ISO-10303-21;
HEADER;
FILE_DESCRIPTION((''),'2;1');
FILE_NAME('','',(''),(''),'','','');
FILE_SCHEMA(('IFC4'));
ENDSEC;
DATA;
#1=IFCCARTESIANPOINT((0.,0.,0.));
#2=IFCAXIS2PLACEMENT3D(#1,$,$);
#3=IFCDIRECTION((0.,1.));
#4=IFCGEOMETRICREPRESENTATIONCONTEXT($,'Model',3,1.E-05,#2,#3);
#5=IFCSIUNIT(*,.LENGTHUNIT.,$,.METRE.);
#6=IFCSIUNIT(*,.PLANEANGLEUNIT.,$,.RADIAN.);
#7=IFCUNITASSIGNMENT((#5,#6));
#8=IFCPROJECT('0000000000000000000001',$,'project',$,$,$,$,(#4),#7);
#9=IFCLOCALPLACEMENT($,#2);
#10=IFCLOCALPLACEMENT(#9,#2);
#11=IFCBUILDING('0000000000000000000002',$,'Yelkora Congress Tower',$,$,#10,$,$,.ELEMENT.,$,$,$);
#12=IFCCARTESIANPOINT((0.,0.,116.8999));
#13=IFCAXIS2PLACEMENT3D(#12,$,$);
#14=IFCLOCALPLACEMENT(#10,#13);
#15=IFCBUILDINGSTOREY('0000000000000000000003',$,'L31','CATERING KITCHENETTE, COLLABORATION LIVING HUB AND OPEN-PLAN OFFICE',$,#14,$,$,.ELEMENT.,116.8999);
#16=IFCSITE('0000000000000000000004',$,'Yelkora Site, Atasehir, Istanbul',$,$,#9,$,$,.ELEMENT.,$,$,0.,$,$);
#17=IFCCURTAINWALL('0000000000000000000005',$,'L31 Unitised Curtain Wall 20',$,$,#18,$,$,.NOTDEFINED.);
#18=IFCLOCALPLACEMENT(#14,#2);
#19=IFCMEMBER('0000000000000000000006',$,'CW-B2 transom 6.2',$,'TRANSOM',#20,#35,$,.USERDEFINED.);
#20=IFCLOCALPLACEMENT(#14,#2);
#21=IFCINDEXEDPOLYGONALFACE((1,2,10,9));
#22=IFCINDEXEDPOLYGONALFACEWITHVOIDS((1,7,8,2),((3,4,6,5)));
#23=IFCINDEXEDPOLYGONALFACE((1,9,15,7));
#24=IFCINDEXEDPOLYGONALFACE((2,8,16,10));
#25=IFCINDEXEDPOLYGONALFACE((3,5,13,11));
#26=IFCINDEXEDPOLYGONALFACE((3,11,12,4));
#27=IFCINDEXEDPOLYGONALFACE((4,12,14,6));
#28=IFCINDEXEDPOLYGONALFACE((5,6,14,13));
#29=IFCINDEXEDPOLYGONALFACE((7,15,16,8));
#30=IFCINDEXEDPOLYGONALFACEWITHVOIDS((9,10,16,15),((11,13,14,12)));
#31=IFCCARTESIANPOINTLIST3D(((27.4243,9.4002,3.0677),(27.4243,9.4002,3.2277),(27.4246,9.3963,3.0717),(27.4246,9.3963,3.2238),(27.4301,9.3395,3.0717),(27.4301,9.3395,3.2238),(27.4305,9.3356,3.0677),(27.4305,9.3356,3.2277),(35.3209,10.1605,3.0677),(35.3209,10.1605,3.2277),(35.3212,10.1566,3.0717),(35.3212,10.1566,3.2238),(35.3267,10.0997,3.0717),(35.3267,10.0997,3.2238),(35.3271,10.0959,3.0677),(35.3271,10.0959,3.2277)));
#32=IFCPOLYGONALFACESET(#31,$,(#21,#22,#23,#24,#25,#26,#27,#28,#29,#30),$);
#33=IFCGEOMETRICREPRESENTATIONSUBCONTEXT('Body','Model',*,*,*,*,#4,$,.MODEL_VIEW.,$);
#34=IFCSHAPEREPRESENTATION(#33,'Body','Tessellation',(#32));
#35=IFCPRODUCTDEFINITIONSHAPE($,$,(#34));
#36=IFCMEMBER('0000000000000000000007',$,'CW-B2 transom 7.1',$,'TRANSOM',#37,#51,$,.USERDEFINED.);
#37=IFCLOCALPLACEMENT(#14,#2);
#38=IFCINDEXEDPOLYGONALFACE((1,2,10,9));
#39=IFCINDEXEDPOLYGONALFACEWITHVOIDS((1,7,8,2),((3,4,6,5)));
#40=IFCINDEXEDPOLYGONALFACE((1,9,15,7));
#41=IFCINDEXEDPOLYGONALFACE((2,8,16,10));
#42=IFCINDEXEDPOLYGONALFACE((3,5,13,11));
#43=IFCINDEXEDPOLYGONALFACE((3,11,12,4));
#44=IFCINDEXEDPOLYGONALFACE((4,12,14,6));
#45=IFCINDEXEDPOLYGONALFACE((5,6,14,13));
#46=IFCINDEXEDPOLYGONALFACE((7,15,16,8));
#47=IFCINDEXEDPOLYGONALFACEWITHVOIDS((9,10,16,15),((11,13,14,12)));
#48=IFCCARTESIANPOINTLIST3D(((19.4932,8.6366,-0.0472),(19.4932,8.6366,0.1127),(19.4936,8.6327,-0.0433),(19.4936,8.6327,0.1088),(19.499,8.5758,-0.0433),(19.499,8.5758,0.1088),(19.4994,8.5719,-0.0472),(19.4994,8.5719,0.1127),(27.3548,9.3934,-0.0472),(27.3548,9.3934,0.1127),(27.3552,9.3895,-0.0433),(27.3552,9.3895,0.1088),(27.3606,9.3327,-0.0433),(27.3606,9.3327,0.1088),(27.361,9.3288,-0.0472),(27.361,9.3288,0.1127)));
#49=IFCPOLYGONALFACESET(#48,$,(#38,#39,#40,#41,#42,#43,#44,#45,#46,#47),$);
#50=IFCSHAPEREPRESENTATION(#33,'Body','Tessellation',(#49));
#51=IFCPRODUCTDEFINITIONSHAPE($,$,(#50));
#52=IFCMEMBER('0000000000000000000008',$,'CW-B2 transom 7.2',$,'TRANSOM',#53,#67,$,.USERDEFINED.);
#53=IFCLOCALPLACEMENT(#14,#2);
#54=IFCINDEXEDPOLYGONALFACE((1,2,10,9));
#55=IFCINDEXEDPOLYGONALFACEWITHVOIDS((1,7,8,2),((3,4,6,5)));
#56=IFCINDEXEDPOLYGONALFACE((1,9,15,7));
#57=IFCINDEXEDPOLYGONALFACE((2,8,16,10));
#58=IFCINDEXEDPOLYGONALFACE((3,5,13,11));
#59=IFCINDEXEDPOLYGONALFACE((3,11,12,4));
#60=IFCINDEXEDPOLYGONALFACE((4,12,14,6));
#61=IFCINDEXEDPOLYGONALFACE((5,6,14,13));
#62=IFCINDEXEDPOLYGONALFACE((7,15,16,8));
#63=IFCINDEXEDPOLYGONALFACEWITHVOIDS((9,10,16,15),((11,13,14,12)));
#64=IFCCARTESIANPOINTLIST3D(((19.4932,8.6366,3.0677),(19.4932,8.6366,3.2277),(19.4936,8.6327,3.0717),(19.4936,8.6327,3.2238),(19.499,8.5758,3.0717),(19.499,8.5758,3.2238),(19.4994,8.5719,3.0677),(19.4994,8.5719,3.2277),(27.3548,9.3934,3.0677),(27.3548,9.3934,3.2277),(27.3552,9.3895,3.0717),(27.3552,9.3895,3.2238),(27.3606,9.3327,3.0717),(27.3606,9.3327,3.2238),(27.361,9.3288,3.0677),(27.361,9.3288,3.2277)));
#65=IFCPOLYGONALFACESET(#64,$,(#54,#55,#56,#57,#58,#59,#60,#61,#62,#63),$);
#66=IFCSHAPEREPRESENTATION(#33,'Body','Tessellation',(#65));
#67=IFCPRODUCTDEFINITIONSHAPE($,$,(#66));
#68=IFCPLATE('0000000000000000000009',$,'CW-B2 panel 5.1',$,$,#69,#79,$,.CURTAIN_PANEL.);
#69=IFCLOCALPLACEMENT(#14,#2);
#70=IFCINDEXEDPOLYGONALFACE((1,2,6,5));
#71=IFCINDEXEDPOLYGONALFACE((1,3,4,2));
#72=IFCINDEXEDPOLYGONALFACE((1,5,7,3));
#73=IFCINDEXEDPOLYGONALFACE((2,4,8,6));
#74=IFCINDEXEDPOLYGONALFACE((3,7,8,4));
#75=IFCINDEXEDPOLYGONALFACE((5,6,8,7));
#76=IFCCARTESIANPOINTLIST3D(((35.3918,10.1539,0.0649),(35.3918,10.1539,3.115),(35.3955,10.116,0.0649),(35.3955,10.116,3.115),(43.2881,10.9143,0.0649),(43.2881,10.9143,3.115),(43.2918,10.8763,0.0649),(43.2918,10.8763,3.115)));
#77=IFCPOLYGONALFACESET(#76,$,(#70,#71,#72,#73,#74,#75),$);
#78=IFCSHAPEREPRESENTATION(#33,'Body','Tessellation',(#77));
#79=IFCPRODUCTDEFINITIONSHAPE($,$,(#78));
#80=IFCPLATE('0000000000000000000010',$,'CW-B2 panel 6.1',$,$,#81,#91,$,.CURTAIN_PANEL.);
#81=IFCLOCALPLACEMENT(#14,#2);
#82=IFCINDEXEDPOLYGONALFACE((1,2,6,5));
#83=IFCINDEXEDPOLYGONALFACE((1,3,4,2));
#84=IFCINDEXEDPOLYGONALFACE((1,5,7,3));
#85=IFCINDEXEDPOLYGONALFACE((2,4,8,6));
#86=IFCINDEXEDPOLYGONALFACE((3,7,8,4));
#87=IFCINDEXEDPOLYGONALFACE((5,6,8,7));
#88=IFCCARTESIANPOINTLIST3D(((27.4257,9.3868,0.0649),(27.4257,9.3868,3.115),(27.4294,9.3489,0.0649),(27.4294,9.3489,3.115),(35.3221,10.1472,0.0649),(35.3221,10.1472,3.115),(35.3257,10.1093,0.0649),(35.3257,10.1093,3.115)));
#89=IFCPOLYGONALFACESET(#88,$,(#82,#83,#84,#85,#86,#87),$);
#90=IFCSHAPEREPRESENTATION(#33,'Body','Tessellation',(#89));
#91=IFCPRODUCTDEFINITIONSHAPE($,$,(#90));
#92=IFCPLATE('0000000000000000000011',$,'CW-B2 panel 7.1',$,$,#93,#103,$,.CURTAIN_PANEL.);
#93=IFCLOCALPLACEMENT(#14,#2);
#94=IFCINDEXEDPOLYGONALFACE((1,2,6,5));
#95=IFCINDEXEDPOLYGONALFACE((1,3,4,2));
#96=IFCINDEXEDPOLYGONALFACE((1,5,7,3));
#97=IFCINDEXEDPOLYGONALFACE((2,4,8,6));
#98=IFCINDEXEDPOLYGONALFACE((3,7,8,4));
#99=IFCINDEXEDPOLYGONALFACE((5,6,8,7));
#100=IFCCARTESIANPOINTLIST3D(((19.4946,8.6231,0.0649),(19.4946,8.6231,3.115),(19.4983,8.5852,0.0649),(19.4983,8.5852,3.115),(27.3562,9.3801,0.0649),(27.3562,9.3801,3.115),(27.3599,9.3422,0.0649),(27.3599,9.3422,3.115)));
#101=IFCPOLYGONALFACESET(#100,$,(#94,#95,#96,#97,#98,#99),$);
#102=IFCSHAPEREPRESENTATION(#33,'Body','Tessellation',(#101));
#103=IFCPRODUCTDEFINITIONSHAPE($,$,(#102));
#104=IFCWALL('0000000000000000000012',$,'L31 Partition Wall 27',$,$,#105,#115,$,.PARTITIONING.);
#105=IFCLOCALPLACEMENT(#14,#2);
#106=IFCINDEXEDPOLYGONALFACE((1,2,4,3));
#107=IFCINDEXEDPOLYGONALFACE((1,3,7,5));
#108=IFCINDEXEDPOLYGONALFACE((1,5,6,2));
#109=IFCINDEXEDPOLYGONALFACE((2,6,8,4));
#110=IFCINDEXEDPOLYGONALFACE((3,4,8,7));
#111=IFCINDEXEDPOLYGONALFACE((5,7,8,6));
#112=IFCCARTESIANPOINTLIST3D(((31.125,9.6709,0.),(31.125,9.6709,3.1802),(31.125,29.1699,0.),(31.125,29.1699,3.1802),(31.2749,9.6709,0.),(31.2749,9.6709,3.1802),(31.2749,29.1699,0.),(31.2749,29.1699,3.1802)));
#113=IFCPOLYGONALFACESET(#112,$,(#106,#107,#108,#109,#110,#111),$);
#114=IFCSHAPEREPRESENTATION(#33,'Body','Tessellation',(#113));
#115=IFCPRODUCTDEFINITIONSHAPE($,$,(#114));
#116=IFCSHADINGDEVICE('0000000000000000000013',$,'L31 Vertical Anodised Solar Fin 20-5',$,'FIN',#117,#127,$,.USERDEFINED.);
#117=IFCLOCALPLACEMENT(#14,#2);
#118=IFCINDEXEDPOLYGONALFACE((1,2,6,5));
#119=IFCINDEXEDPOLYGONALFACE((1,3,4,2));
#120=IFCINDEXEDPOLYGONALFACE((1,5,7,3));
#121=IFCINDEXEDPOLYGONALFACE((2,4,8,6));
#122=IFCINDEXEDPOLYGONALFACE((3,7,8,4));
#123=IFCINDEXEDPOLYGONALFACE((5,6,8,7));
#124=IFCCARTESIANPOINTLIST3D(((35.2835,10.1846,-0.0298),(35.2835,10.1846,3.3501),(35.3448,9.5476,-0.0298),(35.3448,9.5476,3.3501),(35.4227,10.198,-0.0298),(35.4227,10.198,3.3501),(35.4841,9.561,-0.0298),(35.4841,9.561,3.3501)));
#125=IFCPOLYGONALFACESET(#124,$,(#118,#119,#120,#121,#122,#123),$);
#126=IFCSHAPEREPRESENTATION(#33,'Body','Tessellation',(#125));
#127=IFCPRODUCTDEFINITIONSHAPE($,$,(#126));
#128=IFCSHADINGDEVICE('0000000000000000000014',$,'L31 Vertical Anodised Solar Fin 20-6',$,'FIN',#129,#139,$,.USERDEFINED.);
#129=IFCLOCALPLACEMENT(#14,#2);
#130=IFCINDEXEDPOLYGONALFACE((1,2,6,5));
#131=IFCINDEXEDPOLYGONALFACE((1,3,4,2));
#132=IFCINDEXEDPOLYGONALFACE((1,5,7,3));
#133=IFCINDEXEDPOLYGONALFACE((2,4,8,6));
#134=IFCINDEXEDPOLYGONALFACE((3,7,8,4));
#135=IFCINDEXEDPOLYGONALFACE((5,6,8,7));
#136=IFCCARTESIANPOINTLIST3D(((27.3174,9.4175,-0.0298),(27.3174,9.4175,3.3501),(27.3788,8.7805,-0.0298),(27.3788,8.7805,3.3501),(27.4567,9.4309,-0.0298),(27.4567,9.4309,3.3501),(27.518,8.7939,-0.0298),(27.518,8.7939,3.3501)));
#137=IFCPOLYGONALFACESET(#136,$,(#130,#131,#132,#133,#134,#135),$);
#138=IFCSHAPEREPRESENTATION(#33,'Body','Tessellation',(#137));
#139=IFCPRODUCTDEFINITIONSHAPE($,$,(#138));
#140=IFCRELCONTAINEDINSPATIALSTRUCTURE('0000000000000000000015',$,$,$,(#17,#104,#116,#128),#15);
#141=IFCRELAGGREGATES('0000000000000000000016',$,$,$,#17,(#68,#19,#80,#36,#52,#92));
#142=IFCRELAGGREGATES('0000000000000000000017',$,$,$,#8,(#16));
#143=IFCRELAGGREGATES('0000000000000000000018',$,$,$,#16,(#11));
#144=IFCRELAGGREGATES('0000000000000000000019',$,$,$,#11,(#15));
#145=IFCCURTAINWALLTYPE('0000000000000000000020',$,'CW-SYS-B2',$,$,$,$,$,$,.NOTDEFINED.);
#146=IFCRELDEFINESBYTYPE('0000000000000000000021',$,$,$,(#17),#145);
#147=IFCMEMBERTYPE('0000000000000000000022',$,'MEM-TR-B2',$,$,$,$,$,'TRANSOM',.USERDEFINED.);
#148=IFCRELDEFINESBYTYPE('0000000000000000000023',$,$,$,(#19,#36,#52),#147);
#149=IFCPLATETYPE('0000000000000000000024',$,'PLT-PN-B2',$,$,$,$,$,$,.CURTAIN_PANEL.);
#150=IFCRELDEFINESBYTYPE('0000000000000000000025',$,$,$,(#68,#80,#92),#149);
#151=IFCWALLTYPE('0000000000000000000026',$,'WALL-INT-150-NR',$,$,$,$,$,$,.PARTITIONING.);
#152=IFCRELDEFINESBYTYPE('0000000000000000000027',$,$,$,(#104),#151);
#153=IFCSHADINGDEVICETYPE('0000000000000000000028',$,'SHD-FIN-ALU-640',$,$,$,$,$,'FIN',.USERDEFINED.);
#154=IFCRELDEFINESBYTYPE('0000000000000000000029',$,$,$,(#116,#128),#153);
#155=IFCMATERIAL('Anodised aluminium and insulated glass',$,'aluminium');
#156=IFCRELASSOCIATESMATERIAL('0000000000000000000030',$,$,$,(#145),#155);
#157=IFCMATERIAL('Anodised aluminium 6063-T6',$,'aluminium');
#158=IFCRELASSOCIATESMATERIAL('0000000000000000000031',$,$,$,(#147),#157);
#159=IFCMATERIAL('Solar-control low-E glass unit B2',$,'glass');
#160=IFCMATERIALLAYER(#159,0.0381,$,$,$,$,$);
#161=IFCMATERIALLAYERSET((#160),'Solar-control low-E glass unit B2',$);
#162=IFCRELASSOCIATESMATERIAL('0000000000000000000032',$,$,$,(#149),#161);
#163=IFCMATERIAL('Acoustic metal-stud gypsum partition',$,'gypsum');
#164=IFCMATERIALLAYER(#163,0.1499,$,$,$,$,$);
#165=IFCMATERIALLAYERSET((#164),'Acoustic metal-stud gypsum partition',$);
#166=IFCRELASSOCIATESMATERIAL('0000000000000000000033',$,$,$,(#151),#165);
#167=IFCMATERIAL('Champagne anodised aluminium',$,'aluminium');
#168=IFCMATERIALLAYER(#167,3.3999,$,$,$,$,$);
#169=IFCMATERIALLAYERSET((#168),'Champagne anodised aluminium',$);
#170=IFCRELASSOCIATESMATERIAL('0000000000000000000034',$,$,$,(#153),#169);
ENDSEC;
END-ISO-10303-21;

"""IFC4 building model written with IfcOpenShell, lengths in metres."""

from ifc_helpers import new_model, si_unit, direction, frame, frame_2d, origin, origin_2d, place, context, subcontext, project, spatial, rectangle, hollow_rectangle, extrude, material, layer, layer_set, material_profile, profile_set, type_object, element, aggregate, save


model = new_model("IFC4")

# Units and contexts
model_context = context("Model", 3, precision=1e-05, world=origin(), true_north=direction((0.0, 1.0)))
body_context = subcontext(model_context, "Body", "Model", "MODEL_VIEW")
ifc_project = project(units=[si_unit("LENGTHUNIT", "METRE"), si_unit("PLANEANGLEUNIT", "RADIAN")], contexts=[model_context])

# Site, building, storey
site_placement = place(None, origin())
site = spatial("IfcSite", under=ifc_project, at=site_placement, Name="Yelkora Site, Atasehir, Istanbul", CompositionType="ELEMENT", RefElevation=0.0)
building_placement = place(site_placement, origin())
building = spatial("IfcBuilding", under=site, at=building_placement, Name="Yelkora Congress Tower", CompositionType="ELEMENT")
storey_placement = place(building_placement, frame((0.0, 0.0, 116.8999)))
storey = spatial("IfcBuildingStorey", under=building, at=storey_placement, Name="L31", Description="CATERING KITCHENETTE, COLLABORATION LIVING HUB AND OPEN-PLAN OFFICE", CompositionType="ELEMENT", Elevation=116.8999)

# Curtain wall, members, plates
ifc_material_1 = material(Name="Anodised aluminium and insulated glass", Category="aluminium")
curtain_wall_type = type_object("IfcCurtainWallType", Name="CW-SYS-B2", PredefinedType="NOTDEFINED", material=ifc_material_1)
curtain_wall_placement = place(storey_placement, origin())
curtain_wall = element("IfcCurtainWall", 1, at=curtain_wall_placement, inside=storey, type_object=curtain_wall_type, Name="L31 Unitised Curtain Wall 20", PredefinedType="NOTDEFINED")
ifc_material_2 = material(Name="Anodised aluminium 6063-T6", Category="aluminium")
ifc_material_profile_1 = material_profile(ifc_material_2, hollow_rectangle(XDim=0.0649, YDim=0.1599, WallThickness=0.0039, at=origin_2d()), Name="ALU 65x160x4")
ifc_profile_set_1 = profile_set([ifc_material_profile_1], Name="Anodised aluminium 6063-T6")
member_type_1 = type_object("IfcMemberType", Name="MEM-TR-B2", ElementType="TRANSOM", PredefinedType="USERDEFINED", material=ifc_profile_set_1)
member_1_placement = place(storey_placement, frame((35.324, 10.1282, 3.1477), z_axis=(-0.995397, -0.095834, 0.0), x_axis=(0.095834, -0.995397, 0.0)))
member_1 = element("IfcMember", 2, at=member_1_placement, type_object=member_type_1, Name="CW-B2 transom 6.2", ObjectType="TRANSOM", PredefinedType="USERDEFINED", context=body_context, shape_type="SweptSolid", body=[
    extrude(hollow_rectangle(XDim=0.0649, YDim=0.1599, WallThickness=0.0039, at=origin_2d()), origin(), (0.0, 0.0, 1.0), 7.9331),
])
member_2_placement = place(storey_placement, frame((27.3579, 9.3611, 0.0327), z_axis=(-0.995398, -0.095827, 0.0), x_axis=(0.095827, -0.995398, 0.0)))
member_2 = element("IfcMember", 3, at=member_2_placement, type_object=member_type_1, Name="CW-B2 transom 7.1", ObjectType="TRANSOM", PredefinedType="USERDEFINED", context=body_context, shape_type="SweptSolid", body=[
    extrude(hollow_rectangle(XDim=0.0649, YDim=0.1599, WallThickness=0.0039, at=origin_2d()), origin(), (0.0, 0.0, 1.0), 7.8979),
])
member_3_placement = place(storey_placement, frame((27.3579, 9.3611, 3.1477), z_axis=(-0.995398, -0.095827, 0.0), x_axis=(0.095827, -0.995398, 0.0)))
member_3 = element("IfcMember", 4, at=member_3_placement, type_object=member_type_1, Name="CW-B2 transom 7.2", ObjectType="TRANSOM", PredefinedType="USERDEFINED", context=body_context, shape_type="SweptSolid", body=[
    extrude(hollow_rectangle(XDim=0.0649, YDim=0.1599, WallThickness=0.0039, at=origin_2d()), origin(), (0.0, 0.0, 1.0), 7.8979),
])
ifc_material_3 = material(Name="Solar-control low-E glass unit B2", Category="glass")
ifc_layer_1 = layer(ifc_material_3, 0.0381)
ifc_layer_set_1 = layer_set([ifc_layer_1], Name="Solar-control low-E glass unit B2")
plate_type = type_object("IfcPlateType", Name="PLT-PN-B2", PredefinedType="CURTAIN_PANEL", material=ifc_layer_set_1)
plate_1_placement = place(storey_placement, frame((39.3418, 10.5151, 0.0649), z_axis=(0.0, 0.0, 1.0), x_axis=(-0.995396, -0.095844, 0.0)))
plate_1 = element("IfcPlate", 5, at=plate_1_placement, type_object=plate_type, Name="CW-B2 panel 5.1", PredefinedType="CURTAIN_PANEL", context=body_context, shape_type="SweptSolid", body=[
    extrude(rectangle(XDim=7.9329, YDim=0.0381, at=origin_2d()), origin(), (0.0, 0.0, 1.0), 3.05),
])
plate_2_placement = place(storey_placement, frame((31.3757, 9.748, 0.0649), z_axis=(0.0, 0.0, 1.0), x_axis=(-0.995396, -0.095844, 0.0)))
plate_2 = element("IfcPlate", 6, at=plate_2_placement, type_object=plate_type, Name="CW-B2 panel 6.1", PredefinedType="CURTAIN_PANEL", context=body_context, shape_type="SweptSolid", body=[
    extrude(rectangle(XDim=7.9329, YDim=0.0381, at=origin_2d()), origin(), (0.0, 0.0, 1.0), 3.05),
])
plate_3_placement = place(storey_placement, frame((23.4272, 8.9827, 0.0649), z_axis=(0.0, 0.0, 1.0), x_axis=(-0.995396, -0.095844, 0.0)))
plate_3 = element("IfcPlate", 7, at=plate_3_placement, type_object=plate_type, Name="CW-B2 panel 7.1", PredefinedType="CURTAIN_PANEL", context=body_context, shape_type="SweptSolid", body=[
    extrude(rectangle(XDim=7.8979, YDim=0.0381, at=origin_2d()), origin(), (0.0, 0.0, 1.0), 3.05),
])
aggregate(curtain_wall, [plate_1, member_1, plate_2, member_2, member_3, plate_3])

# Wall
ifc_material_4 = material(Name="Acoustic metal-stud gypsum partition", Category="gypsum")
ifc_layer_2 = layer(ifc_material_4, 0.1499)
ifc_layer_set_2 = layer_set([ifc_layer_2], Name="Acoustic metal-stud gypsum partition")
wall_type = type_object("IfcWallType", Name="WALL-INT-150-NR", PredefinedType="PARTITIONING", material=ifc_layer_set_2)
wall_placement = place(storey_placement, frame((31.2, 9.6709, 0.0), z_axis=(0.0, 0.0, 1.0), x_axis=(0.0, 1.0, 0.0)))
element("IfcWall", 8, at=wall_placement, inside=storey, type_object=wall_type, Name="L31 Partition Wall 27", PredefinedType="PARTITIONING", context=body_context, shape_type="SweptSolid", body=[
    extrude(rectangle(XDim=19.499, YDim=0.1499, at=frame_2d((9.7495, 0.0))), origin(), (0.0, 0.0, 1.0), 3.1802),
])

# Shading devices
ifc_material_5 = material(Name="Champagne anodised aluminium", Category="aluminium")
ifc_layer_3 = layer(ifc_material_5, 3.3999)
ifc_layer_set_3 = layer_set([ifc_layer_3], Name="Champagne anodised aluminium")
shading_device_type = type_object("IfcShadingDeviceType", Name="SHD-FIN-ALU-640", ElementType="FIN", PredefinedType="USERDEFINED", material=ifc_layer_set_3)
for number, where, z_axis, x_axis, name in (
    (9, (35.3838, 9.8728, -0.0298), (0.0, 0.0, 1.0), (-0.995396, -0.095846, 0.0), "L31 Vertical Anodised Solar Fin 20-5"),
    (10, (27.4177, 9.1057, -0.0298), (0.0, 0.0, 1.0), (-0.995396, -0.095846, 0.0), "L31 Vertical Anodised Solar Fin 20-6"),
):
    element("IfcShadingDevice", number, at=place(storey_placement, frame(where, z_axis=z_axis, x_axis=x_axis)), inside=storey, type_object=shading_device_type, Name=name, ObjectType="FIN", PredefinedType="USERDEFINED", context=body_context, shape_type="SweptSolid", body=[
        extrude(rectangle(XDim=0.1399, YDim=0.6399, at=origin_2d()), origin(), (0.0, 0.0, 1.0), 3.3799),
    ])

save(model, "model.ifc")
